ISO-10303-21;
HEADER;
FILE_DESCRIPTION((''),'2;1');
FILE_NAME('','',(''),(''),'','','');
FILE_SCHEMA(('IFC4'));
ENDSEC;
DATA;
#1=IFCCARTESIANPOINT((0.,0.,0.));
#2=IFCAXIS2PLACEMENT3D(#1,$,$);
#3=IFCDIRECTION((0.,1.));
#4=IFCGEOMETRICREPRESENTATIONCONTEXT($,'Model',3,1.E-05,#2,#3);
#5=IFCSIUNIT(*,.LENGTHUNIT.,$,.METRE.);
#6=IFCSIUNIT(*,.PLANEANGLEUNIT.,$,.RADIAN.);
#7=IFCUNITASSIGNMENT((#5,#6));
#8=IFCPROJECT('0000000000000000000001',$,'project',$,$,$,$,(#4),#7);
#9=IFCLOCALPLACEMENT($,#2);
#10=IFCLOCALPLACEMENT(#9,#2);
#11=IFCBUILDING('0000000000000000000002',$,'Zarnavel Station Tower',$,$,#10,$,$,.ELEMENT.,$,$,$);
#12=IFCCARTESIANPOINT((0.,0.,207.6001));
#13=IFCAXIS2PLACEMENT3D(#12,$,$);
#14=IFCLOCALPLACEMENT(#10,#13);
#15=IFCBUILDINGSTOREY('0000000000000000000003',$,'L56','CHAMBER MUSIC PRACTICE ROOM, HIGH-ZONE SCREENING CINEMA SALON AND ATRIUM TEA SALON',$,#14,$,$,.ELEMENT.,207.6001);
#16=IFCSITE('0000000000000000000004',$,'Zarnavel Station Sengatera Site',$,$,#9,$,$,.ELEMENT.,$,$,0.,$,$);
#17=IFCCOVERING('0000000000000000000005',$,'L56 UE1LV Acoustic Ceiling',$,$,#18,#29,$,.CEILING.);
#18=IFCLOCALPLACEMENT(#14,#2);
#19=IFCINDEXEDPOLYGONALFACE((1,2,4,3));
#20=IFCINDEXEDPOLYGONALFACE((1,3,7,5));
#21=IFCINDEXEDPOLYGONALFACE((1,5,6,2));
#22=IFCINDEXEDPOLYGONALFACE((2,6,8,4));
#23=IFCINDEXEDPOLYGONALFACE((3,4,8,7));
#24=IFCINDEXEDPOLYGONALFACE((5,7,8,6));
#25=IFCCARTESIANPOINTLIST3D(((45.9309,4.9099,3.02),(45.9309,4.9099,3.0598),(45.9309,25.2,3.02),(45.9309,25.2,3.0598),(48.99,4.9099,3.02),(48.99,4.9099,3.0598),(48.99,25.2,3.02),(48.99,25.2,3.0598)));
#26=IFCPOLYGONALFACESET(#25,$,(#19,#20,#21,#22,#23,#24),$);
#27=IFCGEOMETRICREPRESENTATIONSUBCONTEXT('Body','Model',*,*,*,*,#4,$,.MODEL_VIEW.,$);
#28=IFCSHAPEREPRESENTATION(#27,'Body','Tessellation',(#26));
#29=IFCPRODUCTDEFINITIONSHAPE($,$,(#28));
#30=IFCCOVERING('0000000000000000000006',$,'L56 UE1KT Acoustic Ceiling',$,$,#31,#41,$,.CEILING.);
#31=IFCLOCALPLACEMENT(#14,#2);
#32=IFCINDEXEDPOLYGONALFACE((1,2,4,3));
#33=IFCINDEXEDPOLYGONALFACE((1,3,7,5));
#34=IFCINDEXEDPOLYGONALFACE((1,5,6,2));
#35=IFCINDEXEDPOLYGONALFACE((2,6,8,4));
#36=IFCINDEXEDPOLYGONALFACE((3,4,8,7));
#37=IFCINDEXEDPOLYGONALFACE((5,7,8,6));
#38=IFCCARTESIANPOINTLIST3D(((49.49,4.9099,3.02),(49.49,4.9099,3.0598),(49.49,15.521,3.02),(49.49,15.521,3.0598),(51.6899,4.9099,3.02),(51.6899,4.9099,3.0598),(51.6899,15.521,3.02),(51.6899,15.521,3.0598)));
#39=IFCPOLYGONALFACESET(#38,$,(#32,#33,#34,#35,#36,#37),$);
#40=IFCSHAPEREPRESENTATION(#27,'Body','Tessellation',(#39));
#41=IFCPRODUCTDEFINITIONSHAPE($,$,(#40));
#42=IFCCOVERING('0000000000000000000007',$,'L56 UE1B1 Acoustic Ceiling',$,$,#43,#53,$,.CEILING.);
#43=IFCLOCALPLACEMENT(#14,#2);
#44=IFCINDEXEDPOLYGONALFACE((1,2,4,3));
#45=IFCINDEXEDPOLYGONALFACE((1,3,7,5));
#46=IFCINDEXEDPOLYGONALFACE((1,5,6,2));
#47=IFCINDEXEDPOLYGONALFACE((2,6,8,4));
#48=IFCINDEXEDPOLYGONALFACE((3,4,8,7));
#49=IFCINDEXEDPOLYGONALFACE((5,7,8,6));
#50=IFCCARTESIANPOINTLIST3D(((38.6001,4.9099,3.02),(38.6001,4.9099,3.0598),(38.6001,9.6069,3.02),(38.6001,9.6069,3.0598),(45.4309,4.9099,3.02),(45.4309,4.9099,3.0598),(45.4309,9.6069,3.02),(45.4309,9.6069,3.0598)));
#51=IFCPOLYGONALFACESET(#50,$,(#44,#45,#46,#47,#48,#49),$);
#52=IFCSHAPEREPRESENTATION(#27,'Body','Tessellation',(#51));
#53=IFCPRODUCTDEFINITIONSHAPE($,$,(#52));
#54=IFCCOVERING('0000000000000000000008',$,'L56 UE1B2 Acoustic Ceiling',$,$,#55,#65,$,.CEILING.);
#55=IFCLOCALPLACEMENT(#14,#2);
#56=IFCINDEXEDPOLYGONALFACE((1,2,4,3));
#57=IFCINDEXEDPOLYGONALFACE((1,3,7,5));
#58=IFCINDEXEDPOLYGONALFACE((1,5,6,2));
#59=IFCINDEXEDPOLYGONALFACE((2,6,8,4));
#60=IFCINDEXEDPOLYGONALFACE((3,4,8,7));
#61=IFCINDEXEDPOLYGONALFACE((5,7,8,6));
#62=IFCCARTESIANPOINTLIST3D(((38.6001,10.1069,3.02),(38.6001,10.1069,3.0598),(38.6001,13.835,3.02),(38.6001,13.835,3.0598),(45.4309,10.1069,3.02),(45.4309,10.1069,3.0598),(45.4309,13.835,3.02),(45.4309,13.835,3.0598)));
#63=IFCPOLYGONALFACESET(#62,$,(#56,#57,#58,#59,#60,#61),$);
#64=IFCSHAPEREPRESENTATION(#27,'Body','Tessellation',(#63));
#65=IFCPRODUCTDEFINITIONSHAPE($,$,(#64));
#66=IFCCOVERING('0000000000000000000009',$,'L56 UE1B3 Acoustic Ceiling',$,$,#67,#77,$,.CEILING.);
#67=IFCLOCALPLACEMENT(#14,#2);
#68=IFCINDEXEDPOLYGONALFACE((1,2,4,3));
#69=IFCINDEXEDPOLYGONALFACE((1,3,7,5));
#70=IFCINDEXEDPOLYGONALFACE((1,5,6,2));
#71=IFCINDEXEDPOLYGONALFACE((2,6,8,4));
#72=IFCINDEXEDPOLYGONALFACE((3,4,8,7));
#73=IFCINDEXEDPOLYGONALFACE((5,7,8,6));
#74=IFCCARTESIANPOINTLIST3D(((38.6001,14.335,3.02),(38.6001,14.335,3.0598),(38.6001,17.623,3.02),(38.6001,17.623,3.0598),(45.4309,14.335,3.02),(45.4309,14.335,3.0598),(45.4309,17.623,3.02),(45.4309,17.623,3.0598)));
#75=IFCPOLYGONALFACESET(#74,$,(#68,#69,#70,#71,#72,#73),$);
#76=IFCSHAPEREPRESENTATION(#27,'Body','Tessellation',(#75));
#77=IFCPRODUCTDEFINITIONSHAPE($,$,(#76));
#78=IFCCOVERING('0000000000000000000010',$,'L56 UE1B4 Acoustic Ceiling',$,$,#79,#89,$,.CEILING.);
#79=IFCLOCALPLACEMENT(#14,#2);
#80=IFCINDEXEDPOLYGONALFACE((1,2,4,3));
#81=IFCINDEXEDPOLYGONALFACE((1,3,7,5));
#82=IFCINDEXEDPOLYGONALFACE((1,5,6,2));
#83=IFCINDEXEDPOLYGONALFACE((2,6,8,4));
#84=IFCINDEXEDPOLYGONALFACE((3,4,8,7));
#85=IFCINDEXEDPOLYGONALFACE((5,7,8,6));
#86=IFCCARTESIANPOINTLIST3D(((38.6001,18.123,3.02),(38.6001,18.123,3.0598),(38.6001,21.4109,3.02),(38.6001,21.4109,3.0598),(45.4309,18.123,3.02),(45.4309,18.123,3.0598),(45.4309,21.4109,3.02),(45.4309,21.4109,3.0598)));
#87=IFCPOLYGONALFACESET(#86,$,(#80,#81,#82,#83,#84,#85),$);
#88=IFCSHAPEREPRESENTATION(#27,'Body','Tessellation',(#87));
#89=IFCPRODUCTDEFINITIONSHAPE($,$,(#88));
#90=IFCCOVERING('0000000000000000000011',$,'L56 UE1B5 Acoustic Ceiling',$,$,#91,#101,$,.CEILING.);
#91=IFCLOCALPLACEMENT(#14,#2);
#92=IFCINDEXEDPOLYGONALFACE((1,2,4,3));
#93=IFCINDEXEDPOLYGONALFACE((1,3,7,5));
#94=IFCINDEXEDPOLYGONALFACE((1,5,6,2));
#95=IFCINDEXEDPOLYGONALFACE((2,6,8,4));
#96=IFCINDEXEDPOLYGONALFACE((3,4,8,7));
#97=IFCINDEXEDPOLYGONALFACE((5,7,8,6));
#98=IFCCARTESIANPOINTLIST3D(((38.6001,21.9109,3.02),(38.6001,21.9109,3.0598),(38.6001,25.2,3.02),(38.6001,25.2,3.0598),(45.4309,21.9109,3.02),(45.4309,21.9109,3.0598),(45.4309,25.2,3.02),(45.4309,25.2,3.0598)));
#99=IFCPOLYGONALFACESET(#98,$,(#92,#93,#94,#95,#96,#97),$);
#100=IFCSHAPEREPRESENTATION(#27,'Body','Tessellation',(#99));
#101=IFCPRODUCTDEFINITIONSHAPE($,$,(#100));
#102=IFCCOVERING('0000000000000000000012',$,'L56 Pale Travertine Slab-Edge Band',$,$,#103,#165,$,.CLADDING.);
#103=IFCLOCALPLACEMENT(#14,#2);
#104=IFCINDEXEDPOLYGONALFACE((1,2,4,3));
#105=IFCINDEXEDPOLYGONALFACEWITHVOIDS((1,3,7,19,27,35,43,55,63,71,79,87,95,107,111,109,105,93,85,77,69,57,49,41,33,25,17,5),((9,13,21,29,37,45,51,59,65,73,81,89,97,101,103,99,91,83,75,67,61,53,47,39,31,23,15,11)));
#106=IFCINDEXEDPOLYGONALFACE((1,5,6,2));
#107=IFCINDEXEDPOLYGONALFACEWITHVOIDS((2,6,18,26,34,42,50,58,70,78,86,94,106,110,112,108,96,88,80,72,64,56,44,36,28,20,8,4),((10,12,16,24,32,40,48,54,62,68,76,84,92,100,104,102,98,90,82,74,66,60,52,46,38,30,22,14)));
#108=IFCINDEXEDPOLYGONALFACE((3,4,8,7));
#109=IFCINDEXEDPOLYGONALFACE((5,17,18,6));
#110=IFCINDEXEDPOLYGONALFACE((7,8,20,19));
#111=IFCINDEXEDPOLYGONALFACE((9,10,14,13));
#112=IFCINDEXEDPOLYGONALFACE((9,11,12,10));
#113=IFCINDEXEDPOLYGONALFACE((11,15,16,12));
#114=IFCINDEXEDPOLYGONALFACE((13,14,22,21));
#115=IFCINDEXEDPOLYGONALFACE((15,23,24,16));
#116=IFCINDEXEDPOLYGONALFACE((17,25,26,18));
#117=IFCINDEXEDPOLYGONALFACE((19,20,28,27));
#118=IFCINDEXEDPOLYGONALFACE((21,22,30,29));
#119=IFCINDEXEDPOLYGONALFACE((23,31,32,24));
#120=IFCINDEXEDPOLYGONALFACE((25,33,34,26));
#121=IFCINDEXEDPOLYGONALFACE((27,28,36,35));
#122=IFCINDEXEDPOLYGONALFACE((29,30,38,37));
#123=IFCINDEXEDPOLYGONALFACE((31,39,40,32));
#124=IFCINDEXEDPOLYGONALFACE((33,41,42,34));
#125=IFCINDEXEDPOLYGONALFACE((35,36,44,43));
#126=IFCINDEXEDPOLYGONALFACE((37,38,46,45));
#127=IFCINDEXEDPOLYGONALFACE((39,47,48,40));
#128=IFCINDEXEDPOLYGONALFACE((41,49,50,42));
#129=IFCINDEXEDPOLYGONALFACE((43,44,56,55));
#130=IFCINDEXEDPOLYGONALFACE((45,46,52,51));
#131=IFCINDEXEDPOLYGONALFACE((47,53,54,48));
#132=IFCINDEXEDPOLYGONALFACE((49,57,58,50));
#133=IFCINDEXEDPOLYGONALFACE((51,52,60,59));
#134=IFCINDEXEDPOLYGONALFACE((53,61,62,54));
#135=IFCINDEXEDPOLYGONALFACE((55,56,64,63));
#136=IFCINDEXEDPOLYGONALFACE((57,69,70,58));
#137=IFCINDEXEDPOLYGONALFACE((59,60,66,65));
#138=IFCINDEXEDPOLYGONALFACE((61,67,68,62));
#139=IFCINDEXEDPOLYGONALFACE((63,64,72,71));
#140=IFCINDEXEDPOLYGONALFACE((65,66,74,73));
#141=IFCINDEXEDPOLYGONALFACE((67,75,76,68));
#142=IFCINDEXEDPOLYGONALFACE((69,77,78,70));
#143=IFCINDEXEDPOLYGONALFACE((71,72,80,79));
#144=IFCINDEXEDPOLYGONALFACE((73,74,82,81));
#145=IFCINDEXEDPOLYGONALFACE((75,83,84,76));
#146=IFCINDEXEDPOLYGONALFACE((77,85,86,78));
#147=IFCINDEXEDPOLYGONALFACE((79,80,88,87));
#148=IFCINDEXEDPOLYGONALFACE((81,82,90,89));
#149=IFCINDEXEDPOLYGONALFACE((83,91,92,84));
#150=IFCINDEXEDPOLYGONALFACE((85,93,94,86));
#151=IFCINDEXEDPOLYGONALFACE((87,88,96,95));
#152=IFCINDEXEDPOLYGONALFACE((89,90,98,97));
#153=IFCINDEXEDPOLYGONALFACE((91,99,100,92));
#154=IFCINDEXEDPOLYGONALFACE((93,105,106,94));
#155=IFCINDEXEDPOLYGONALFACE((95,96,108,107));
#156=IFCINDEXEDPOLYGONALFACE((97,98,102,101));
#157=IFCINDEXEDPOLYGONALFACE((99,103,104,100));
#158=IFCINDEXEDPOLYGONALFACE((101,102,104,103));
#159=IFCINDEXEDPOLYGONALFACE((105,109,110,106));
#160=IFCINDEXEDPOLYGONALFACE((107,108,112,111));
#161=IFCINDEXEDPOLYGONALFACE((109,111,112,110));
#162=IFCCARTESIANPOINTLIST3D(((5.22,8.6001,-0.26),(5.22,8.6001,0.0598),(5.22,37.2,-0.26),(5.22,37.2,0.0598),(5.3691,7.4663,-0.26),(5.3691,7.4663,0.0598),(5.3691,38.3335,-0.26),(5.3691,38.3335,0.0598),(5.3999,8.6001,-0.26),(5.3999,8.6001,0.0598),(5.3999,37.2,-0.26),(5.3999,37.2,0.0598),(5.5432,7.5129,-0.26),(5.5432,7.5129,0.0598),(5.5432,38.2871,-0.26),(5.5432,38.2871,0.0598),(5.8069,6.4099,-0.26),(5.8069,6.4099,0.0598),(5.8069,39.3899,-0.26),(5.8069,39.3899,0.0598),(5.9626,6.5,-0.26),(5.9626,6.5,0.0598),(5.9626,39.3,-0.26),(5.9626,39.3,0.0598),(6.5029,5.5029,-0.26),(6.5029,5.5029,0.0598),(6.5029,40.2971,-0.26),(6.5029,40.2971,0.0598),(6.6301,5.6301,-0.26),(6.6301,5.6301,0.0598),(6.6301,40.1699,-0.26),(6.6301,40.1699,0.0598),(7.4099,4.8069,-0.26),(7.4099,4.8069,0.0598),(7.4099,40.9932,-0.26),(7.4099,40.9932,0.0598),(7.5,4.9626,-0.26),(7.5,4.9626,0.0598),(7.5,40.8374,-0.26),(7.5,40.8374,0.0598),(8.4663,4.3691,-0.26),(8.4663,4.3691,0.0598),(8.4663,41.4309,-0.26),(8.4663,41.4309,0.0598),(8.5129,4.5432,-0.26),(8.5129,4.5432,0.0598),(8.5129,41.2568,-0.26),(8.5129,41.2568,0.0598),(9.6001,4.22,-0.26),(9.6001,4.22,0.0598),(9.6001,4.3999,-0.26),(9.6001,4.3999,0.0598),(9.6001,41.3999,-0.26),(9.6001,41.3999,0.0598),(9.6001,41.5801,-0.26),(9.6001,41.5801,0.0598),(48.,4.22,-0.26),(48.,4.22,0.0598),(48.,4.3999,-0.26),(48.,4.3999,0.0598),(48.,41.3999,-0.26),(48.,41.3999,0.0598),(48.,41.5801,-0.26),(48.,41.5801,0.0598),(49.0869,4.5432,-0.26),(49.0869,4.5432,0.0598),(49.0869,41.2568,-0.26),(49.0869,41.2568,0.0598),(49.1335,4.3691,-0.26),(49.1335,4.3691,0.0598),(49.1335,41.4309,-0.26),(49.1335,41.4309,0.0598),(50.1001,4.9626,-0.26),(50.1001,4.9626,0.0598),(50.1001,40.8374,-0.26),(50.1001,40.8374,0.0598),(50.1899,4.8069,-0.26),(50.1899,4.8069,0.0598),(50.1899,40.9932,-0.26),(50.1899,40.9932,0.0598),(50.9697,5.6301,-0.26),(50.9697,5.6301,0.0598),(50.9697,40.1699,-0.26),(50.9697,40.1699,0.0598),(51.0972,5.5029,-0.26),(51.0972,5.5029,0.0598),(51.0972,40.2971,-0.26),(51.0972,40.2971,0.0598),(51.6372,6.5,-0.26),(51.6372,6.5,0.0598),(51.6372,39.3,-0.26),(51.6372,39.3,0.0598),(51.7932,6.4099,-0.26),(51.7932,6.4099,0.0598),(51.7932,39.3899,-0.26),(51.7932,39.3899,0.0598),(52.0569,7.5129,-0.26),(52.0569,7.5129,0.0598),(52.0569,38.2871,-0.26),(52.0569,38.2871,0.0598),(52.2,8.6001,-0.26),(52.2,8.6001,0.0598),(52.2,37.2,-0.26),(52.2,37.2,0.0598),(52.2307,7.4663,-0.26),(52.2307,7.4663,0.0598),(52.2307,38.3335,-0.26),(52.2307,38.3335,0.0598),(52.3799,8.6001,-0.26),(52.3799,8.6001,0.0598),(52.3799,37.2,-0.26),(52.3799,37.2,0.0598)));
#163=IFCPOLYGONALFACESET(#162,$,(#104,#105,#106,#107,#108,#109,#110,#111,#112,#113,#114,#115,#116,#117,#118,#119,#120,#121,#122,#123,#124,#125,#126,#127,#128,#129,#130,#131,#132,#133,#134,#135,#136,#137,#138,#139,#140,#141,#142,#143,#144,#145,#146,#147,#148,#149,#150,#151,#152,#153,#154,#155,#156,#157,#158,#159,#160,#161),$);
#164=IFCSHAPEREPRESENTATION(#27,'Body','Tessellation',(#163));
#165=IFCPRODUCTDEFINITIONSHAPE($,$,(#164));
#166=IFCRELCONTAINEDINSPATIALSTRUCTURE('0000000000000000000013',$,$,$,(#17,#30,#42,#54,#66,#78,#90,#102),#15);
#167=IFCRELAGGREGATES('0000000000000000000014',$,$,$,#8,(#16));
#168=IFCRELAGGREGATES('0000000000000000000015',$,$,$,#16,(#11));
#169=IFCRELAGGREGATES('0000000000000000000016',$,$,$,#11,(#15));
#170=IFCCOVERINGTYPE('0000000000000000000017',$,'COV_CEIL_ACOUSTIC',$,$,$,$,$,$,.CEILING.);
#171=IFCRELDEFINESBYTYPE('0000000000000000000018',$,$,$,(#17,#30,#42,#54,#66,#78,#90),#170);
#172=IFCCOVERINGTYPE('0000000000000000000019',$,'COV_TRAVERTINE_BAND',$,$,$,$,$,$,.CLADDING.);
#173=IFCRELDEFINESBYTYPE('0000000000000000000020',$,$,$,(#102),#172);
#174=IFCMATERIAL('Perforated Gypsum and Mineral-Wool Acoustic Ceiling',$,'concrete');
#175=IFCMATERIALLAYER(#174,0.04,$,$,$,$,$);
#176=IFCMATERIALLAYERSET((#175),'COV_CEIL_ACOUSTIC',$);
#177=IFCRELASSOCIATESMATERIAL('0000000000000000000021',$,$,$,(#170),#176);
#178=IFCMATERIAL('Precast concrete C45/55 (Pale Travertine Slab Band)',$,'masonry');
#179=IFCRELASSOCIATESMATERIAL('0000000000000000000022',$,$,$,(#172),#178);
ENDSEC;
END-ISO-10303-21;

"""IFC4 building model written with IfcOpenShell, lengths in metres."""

from ifc_helpers import new_model, si_unit, direction, frame, origin, place, context, subcontext, project, spatial, polyline, outline, extrude, material, layer, layer_set, type_object, element, save


model = new_model("IFC4")

# Units and contexts
model_context = context("Model", 3, precision=1e-05, world=origin(), true_north=direction((0.0, 1.0)))
body_context = subcontext(model_context, "Body", "Model", "MODEL_VIEW")
ifc_project = project(units=[si_unit("LENGTHUNIT", "METRE"), si_unit("PLANEANGLEUNIT", "RADIAN")], contexts=[model_context])

# Site, building, storey
site_placement = place(None, origin())
site = spatial("IfcSite", under=ifc_project, at=site_placement, Name="Zarnavel Station Sengatera Site", CompositionType="ELEMENT", RefElevation=0.0)
building_placement = place(site_placement, origin())
building = spatial("IfcBuilding", under=site, at=building_placement, Name="Zarnavel Station Tower", CompositionType="ELEMENT")
storey_placement = place(building_placement, frame((0.0, 0.0, 207.6001)))
storey = spatial("IfcBuildingStorey", under=building, at=storey_placement, Name="L56", Description="CHAMBER MUSIC PRACTICE ROOM, HIGH-ZONE SCREENING CINEMA SALON AND ATRIUM TEA SALON", CompositionType="ELEMENT", Elevation=207.6001)

# Coverings
ifc_material_1 = material(Name="Perforated Gypsum and Mineral-Wool Acoustic Ceiling", Category="concrete")
ifc_layer_1 = layer(ifc_material_1, 0.04)
ifc_layer_set_1 = layer_set([ifc_layer_1], Name="COV_CEIL_ACOUSTIC")
covering_type_1 = type_object("IfcCoveringType", Name="COV_CEIL_ACOUSTIC", PredefinedType="CEILING", material=ifc_layer_set_1)
covering_1_placement = place(storey_placement, frame((0.0, 0.0, 3.02)))
element("IfcCovering", 1, at=covering_1_placement, inside=storey, type_object=covering_type_1, Name="L56 UE1LV Acoustic Ceiling", PredefinedType="CEILING", context=body_context, shape_type="SweptSolid", body=[
    extrude(outline(polyline([(45.9309, 4.9099), (48.99, 4.9099), (48.99, 25.2), (45.9309, 25.2), (45.9309, 4.9099)])), origin(), (0.0, 0.0, 1.0), 0.0398),
])
covering_2_placement = place(storey_placement, frame((0.0, 0.0, 3.02)))
element("IfcCovering", 2, at=covering_2_placement, inside=storey, type_object=covering_type_1, Name="L56 UE1KT Acoustic Ceiling", PredefinedType="CEILING", context=body_context, shape_type="SweptSolid", body=[
    extrude(outline(polyline([(49.49, 4.9099), (51.6899, 4.9099), (51.6899, 15.521), (49.49, 15.521), (49.49, 4.9099)])), origin(), (0.0, 0.0, 1.0), 0.0398),
])
covering_3_placement = place(storey_placement, frame((0.0, 0.0, 3.02)))
element("IfcCovering", 3, at=covering_3_placement, inside=storey, type_object=covering_type_1, Name="L56 UE1B1 Acoustic Ceiling", PredefinedType="CEILING", context=body_context, shape_type="SweptSolid", body=[
    extrude(outline(polyline([(38.6001, 4.9099), (45.4309, 4.9099), (45.4309, 9.6069), (38.6001, 9.6069), (38.6001, 4.9099)])), origin(), (0.0, 0.0, 1.0), 0.0398),
])
covering_4_placement = place(storey_placement, frame((0.0, 0.0, 3.02)))
element("IfcCovering", 4, at=covering_4_placement, inside=storey, type_object=covering_type_1, Name="L56 UE1B2 Acoustic Ceiling", PredefinedType="CEILING", context=body_context, shape_type="SweptSolid", body=[
    extrude(outline(polyline([(38.6001, 10.1069), (45.4309, 10.1069), (45.4309, 13.835), (38.6001, 13.835), (38.6001, 10.1069)])), origin(), (0.0, 0.0, 1.0), 0.0398),
])
covering_5_placement = place(storey_placement, frame((0.0, 0.0, 3.02)))
element("IfcCovering", 5, at=covering_5_placement, inside=storey, type_object=covering_type_1, Name="L56 UE1B3 Acoustic Ceiling", PredefinedType="CEILING", context=body_context, shape_type="SweptSolid", body=[
    extrude(outline(polyline([(38.6001, 14.335), (45.4309, 14.335), (45.4309, 17.623), (38.6001, 17.623), (38.6001, 14.335)])), origin(), (0.0, 0.0, 1.0), 0.0398),
])
covering_6_placement = place(storey_placement, frame((0.0, 0.0, 3.02)))
element("IfcCovering", 6, at=covering_6_placement, inside=storey, type_object=covering_type_1, Name="L56 UE1B4 Acoustic Ceiling", PredefinedType="CEILING", context=body_context, shape_type="SweptSolid", body=[
    extrude(outline(polyline([(38.6001, 18.123), (45.4309, 18.123), (45.4309, 21.4109), (38.6001, 21.4109), (38.6001, 18.123)])), origin(), (0.0, 0.0, 1.0), 0.0398),
])
covering_7_placement = place(storey_placement, frame((0.0, 0.0, 3.02)))
element("IfcCovering", 7, at=covering_7_placement, inside=storey, type_object=covering_type_1, Name="L56 UE1B5 Acoustic Ceiling", PredefinedType="CEILING", context=body_context, shape_type="SweptSolid", body=[
    extrude(outline(polyline([(38.6001, 21.9109), (45.4309, 21.9109), (45.4309, 25.2), (38.6001, 25.2), (38.6001, 21.9109)])), origin(), (0.0, 0.0, 1.0), 0.0398),
])
ifc_material_2 = material(Name="Precast concrete C45/55 (Pale Travertine Slab Band)", Category="masonry")
covering_type_2 = type_object("IfcCoveringType", Name="COV_TRAVERTINE_BAND", PredefinedType="CLADDING", material=ifc_material_2)
covering_8_placement = place(storey_placement, frame((0.0, 0.0, -0.26)))
element("IfcCovering", 8, at=covering_8_placement, inside=storey, type_object=covering_type_2, Name="L56 Pale Travertine Slab-Edge Band", PredefinedType="CLADDING", context=body_context, shape_type="SweptSolid", body=[
    extrude(outline(polyline([(48.0, 4.22), (49.1335, 4.3691), (50.1899, 4.8069), (51.0972, 5.5029), (51.7932, 6.4099), (52.2307, 7.4663), (52.3799, 8.6001), (52.3799, 37.2), (52.2307, 38.3335), (51.7932, 39.3899), (51.0972, 40.2971), (50.1899, 40.9932), (49.1335, 41.4309), (48.0, 41.5801), (9.6001, 41.5801), (8.4663, 41.4309), (7.4099, 40.9932), (6.5029, 40.2971), (5.8069, 39.3899), (5.3691, 38.3335), (5.22, 37.2), (5.22, 8.6001), (5.3691, 7.4663), (5.8069, 6.4099), (6.5029, 5.5029), (7.4099, 4.8069), (8.4663, 4.3691), (9.6001, 4.22), (48.0, 4.22)]), holes=[polyline([(48.0, 4.3999), (49.0869, 4.5432), (50.1001, 4.9626), (50.9697, 5.6301), (51.6372, 6.5), (52.0569, 7.5129), (52.2, 8.6001), (52.2, 37.2), (52.0569, 38.2871), (51.6372, 39.3), (50.9697, 40.1699), (50.1001, 40.8374), (49.0869, 41.2568), (48.0, 41.3999), (9.6001, 41.3999), (8.5129, 41.2568), (7.5, 40.8374), (6.6301, 40.1699), (5.9626, 39.3), (5.5432, 38.2871), (5.3999, 37.2), (5.3999, 8.6001), (5.5432, 7.5129), (5.9626, 6.5), (6.6301, 5.6301), (7.5, 4.9626), (8.5129, 4.5432), (9.6001, 4.3999), (48.0, 4.3999)])]), origin(), (0.0, 0.0, 1.0), 0.3198),
])

save(model, "model.ifc")
